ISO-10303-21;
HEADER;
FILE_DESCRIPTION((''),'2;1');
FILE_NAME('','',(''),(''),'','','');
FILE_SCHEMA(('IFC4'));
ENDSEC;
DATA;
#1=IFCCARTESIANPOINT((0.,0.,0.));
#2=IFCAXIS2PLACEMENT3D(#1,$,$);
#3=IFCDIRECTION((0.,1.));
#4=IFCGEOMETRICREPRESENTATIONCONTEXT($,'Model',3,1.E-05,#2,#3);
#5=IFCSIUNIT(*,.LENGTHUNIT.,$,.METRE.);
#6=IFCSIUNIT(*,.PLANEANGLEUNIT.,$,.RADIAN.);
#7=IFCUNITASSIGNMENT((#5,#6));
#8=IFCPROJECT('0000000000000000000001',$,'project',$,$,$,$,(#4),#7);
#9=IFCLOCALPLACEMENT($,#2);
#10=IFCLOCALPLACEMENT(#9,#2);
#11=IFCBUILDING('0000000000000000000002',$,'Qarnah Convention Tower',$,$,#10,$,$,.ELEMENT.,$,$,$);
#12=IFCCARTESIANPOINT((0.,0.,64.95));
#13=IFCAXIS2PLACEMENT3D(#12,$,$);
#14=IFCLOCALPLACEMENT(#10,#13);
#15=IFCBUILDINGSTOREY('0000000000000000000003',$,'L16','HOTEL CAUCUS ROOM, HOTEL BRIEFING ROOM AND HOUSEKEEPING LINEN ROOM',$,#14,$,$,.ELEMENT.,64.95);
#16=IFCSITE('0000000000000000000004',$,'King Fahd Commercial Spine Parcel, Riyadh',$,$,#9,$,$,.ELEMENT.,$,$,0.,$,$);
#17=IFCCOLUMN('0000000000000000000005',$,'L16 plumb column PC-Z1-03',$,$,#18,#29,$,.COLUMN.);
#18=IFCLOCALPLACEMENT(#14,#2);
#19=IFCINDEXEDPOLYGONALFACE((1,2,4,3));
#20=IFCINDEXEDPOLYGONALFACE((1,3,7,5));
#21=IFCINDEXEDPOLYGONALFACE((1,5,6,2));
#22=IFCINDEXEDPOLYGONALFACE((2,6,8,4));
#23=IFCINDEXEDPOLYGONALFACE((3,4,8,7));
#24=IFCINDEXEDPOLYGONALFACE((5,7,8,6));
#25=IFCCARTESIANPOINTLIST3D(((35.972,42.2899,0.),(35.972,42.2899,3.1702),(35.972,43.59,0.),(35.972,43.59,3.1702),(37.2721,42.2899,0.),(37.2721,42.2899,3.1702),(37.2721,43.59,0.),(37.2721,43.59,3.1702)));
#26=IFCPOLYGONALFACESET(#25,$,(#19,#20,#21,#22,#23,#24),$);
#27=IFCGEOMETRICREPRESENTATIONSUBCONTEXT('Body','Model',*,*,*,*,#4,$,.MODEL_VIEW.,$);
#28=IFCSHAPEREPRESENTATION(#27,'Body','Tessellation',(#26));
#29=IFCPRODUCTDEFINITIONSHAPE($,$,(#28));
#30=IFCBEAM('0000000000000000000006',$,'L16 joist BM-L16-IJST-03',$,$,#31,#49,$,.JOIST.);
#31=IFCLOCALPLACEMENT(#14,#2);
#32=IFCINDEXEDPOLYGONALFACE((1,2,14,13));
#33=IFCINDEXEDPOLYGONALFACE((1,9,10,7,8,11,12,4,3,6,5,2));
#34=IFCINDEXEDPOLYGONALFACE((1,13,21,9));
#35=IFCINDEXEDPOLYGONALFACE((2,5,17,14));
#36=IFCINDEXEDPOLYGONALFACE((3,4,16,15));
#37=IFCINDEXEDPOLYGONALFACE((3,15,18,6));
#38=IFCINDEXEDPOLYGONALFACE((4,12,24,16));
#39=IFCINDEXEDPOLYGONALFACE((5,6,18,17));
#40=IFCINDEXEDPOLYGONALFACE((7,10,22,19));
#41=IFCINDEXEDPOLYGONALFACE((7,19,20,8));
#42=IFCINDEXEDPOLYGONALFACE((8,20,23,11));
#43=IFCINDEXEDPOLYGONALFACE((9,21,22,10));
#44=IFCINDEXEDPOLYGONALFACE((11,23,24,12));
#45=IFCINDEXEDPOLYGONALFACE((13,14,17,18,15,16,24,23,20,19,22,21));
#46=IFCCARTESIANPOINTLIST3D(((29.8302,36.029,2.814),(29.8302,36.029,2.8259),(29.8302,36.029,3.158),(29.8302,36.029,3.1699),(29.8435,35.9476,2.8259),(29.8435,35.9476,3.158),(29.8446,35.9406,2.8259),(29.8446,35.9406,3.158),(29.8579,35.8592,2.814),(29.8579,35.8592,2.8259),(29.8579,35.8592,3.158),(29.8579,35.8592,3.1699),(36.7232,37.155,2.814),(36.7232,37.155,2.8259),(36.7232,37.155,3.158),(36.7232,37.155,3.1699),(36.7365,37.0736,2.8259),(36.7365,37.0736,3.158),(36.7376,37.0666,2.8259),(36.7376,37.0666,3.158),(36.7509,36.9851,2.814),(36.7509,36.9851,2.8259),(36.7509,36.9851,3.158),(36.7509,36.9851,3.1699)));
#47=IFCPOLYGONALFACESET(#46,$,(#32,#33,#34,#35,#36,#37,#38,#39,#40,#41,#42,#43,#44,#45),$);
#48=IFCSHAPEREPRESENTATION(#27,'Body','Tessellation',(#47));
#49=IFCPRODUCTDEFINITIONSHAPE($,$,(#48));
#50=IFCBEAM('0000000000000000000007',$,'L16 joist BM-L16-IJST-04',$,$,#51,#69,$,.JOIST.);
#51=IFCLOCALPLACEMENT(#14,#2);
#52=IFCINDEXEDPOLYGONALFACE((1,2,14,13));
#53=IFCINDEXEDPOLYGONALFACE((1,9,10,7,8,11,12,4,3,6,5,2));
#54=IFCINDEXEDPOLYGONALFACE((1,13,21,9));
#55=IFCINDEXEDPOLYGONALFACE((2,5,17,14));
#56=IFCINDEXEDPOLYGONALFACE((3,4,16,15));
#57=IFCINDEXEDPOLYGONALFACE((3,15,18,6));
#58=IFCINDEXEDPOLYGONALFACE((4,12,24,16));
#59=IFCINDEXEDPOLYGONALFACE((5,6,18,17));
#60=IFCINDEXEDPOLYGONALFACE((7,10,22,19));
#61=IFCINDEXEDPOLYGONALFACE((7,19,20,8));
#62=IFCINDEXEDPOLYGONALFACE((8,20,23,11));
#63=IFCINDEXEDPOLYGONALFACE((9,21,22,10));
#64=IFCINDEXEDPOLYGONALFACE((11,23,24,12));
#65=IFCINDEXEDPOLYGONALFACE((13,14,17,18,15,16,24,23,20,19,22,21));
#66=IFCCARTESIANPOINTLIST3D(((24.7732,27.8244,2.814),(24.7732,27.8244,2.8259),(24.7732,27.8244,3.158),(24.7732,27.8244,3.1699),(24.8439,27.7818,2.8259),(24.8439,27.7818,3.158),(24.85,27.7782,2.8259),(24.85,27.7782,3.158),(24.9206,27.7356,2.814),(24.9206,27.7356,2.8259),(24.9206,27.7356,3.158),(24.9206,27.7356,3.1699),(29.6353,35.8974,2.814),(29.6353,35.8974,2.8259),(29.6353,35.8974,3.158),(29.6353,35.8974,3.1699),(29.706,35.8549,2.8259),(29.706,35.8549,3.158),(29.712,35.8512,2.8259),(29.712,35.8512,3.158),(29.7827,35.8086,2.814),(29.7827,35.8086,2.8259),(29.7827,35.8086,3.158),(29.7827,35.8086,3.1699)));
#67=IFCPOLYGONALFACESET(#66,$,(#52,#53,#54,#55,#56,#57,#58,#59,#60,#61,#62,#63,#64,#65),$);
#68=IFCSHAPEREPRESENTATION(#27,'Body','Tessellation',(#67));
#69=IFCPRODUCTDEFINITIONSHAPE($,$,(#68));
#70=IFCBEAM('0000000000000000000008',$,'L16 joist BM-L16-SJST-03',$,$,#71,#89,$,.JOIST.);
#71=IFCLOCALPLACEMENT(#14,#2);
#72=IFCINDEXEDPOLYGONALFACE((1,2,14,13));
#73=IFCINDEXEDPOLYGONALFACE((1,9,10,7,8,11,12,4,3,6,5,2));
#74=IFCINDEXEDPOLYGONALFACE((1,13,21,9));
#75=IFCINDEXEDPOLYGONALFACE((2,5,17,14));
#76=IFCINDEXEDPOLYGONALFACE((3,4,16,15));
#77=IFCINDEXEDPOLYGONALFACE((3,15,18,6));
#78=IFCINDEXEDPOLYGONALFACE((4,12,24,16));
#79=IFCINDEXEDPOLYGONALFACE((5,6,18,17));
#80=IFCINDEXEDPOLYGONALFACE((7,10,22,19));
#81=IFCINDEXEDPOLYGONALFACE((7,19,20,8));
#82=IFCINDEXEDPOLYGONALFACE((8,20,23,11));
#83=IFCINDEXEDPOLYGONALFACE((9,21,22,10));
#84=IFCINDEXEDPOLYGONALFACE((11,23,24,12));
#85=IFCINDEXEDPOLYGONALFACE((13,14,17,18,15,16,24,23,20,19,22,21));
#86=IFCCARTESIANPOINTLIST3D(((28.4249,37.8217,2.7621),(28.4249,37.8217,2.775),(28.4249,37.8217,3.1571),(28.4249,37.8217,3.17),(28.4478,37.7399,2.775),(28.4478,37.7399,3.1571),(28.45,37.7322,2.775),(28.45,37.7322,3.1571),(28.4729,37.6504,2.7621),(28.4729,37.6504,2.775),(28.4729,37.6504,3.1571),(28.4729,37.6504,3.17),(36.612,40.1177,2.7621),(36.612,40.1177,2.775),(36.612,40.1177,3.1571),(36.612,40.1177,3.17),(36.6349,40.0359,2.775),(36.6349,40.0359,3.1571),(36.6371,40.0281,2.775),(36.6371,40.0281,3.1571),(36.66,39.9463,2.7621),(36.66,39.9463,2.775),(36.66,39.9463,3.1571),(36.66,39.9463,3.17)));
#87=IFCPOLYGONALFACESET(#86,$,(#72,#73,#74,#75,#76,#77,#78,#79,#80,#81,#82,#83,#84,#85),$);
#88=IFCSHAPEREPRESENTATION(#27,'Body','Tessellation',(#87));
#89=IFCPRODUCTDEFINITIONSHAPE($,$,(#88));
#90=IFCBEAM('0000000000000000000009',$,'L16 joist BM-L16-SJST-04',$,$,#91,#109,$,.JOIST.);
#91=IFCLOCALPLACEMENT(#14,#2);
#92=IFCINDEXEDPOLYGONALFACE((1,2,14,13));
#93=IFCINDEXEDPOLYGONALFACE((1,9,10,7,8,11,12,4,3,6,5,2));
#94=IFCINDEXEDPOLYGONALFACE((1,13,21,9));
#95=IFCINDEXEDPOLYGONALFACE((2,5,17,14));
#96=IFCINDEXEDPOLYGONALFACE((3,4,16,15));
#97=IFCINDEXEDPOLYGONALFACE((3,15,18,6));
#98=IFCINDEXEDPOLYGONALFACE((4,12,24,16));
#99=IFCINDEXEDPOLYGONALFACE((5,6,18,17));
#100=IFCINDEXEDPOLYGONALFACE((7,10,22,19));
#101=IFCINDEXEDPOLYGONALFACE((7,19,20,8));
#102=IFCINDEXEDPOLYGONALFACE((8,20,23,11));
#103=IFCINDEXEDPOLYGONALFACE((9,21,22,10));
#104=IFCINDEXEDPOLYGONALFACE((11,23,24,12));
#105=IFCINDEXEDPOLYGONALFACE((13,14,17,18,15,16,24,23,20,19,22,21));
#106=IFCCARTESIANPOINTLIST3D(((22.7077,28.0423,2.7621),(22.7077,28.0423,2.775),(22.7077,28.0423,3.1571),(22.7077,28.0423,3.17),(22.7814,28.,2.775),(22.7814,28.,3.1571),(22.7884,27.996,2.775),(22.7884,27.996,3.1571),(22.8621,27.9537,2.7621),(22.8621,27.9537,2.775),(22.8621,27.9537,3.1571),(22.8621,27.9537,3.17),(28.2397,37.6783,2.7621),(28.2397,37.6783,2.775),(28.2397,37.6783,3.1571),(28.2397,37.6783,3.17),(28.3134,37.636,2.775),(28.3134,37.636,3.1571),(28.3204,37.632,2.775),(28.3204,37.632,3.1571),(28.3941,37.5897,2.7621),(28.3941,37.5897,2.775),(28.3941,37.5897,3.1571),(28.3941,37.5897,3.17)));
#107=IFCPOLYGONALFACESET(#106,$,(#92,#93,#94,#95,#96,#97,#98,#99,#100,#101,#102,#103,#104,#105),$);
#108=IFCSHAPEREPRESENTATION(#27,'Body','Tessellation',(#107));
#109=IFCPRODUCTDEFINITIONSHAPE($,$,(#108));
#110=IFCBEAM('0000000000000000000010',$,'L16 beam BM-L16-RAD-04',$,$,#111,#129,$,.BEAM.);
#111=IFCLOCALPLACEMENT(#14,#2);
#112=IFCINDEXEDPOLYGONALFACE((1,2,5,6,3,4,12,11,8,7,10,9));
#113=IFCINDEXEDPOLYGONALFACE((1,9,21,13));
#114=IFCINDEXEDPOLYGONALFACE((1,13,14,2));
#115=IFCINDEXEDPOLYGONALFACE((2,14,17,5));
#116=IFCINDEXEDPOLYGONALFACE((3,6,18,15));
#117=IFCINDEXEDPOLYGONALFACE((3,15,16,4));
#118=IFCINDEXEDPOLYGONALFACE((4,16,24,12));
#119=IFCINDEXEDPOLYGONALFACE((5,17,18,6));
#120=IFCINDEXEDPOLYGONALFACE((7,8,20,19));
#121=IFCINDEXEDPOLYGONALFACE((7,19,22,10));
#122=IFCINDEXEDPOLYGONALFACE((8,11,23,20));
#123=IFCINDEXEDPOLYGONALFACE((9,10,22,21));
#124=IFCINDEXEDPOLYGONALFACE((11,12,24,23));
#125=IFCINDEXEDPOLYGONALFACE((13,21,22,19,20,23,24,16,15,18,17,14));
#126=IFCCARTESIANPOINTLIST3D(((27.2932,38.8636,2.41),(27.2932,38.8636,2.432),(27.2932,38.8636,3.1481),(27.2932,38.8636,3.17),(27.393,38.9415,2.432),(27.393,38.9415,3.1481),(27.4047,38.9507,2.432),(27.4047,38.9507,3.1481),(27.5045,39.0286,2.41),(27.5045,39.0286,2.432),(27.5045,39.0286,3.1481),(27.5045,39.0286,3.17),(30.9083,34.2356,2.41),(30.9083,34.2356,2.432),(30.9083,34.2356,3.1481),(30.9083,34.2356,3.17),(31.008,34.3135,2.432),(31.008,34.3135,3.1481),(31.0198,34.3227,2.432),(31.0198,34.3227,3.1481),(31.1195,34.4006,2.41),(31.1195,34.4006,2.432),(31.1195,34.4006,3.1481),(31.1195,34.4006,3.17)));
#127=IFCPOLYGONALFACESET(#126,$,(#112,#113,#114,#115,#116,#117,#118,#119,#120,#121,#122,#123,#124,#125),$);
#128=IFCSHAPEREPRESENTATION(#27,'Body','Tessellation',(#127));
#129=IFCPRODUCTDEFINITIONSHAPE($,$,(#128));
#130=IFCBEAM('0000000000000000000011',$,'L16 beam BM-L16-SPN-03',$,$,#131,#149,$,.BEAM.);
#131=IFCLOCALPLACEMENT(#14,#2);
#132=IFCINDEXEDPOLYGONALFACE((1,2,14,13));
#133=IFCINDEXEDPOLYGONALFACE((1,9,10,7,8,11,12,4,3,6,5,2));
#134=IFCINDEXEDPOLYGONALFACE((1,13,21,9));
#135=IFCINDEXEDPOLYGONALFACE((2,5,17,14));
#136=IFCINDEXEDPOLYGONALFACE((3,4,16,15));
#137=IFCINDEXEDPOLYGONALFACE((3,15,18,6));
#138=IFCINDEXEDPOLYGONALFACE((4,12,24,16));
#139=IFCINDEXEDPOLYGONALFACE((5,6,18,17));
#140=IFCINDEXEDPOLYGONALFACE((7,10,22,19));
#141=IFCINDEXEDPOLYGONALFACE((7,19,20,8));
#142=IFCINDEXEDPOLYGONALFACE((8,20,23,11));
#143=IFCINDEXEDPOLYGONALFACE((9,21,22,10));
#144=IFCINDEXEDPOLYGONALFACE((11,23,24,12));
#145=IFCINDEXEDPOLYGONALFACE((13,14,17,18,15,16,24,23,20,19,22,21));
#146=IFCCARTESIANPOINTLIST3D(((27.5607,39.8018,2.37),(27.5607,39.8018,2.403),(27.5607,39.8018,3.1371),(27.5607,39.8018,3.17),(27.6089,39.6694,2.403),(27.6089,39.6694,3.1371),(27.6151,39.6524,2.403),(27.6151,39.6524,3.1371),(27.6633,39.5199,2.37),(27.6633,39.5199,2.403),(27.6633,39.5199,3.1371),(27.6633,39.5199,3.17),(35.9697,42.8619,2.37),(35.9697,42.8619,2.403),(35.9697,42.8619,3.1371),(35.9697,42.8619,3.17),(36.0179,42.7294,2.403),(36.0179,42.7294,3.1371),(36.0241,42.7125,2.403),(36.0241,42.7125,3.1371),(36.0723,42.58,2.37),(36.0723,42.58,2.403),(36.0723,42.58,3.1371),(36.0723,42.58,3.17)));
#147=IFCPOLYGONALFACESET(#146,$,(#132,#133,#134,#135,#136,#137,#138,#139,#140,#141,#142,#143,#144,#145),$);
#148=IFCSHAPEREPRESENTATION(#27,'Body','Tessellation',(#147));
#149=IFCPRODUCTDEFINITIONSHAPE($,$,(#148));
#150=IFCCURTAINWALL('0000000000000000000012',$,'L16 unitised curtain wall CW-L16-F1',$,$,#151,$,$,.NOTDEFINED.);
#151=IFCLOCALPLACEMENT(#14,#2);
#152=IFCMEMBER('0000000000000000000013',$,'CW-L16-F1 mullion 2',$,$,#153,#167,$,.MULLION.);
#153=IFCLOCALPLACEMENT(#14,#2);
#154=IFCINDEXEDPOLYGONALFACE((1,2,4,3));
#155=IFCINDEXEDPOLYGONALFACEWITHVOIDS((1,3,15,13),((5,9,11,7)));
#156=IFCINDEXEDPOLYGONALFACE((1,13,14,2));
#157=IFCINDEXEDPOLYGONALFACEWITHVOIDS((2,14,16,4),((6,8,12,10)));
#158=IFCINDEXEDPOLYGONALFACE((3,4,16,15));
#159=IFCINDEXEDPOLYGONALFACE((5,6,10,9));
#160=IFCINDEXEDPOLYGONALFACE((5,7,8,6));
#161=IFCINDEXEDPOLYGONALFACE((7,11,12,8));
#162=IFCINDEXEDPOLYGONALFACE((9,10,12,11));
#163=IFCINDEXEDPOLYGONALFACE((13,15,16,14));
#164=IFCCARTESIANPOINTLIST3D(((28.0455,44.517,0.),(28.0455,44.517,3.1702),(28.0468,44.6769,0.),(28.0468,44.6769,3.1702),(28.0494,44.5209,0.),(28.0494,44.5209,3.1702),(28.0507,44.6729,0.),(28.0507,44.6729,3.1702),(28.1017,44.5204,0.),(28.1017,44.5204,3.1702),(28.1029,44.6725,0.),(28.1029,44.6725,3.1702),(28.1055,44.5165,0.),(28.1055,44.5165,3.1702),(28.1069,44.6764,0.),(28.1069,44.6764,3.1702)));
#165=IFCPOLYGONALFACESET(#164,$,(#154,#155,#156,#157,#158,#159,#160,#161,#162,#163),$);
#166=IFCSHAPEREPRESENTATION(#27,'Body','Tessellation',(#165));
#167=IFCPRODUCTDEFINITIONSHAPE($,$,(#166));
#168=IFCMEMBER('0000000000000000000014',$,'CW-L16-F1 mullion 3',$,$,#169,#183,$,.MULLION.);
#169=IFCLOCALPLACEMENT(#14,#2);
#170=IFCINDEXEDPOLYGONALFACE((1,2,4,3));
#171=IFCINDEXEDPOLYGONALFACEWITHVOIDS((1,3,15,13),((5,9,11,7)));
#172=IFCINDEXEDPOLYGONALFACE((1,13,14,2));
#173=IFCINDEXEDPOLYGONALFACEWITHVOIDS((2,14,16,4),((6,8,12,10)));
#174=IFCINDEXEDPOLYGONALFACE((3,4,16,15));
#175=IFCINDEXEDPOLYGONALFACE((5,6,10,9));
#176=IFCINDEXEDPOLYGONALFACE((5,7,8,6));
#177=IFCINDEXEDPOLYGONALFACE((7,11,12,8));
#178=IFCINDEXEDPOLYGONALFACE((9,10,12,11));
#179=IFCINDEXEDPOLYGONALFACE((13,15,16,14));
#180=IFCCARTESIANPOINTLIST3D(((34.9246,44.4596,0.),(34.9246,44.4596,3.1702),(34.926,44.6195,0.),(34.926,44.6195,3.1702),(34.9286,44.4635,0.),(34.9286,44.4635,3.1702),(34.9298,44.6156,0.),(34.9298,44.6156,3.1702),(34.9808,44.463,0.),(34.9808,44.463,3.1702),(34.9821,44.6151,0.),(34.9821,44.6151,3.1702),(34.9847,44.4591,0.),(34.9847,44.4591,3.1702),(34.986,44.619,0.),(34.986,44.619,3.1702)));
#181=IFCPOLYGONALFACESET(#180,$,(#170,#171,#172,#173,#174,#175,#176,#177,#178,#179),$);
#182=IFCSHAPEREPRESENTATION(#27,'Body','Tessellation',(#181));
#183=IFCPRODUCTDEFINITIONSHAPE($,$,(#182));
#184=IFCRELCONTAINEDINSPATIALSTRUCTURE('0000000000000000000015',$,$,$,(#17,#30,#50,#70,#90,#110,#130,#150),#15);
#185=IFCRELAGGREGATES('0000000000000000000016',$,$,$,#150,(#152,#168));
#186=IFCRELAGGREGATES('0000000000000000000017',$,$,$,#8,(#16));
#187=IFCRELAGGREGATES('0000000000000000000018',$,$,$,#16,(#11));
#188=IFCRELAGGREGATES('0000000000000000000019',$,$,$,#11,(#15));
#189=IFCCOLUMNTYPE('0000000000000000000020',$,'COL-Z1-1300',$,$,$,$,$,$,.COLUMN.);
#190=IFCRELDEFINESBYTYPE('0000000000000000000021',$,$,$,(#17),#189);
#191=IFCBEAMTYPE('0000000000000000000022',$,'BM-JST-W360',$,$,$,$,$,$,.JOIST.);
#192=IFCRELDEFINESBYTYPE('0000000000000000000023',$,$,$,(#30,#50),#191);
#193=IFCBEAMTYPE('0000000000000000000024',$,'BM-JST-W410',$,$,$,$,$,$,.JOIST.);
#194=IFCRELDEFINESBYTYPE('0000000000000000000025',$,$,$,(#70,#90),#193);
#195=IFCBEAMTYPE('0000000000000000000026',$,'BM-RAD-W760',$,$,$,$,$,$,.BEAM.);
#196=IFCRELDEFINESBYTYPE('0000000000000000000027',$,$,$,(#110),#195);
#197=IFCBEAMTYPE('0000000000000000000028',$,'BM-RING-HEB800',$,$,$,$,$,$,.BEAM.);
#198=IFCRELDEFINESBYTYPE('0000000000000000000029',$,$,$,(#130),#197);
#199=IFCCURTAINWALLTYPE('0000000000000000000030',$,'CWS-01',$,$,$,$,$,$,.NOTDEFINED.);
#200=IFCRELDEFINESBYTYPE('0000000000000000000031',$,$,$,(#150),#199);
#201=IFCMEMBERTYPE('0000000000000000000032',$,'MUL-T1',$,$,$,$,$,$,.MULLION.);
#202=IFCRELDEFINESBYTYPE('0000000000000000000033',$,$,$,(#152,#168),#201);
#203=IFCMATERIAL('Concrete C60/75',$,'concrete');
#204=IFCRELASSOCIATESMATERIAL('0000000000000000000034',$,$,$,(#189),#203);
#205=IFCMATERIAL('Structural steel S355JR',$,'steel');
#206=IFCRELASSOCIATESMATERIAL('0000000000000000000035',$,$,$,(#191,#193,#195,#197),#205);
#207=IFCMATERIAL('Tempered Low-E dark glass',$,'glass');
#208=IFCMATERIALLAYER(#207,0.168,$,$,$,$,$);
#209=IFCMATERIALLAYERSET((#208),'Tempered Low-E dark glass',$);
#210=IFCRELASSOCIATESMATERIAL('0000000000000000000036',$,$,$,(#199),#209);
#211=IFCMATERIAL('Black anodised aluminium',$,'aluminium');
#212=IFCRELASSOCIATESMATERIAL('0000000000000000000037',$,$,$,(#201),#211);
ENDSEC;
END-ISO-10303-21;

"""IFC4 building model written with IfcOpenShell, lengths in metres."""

from ifc_helpers import new_model, si_unit, direction, frame, origin, origin_2d, place, context, subcontext, project, spatial, rectangle, hollow_rectangle, i_section, extrude, material, layer, layer_set, material_profile, profile_set, type_object, element, aggregate, save


model = new_model("IFC4")

# Units and contexts
model_context = context("Model", 3, precision=1e-05, world=origin(), true_north=direction((0.0, 1.0)))
body_context = subcontext(model_context, "Body", "Model", "MODEL_VIEW")
ifc_project = project(units=[si_unit("LENGTHUNIT", "METRE"), si_unit("PLANEANGLEUNIT", "RADIAN")], contexts=[model_context])

# Site, building, storey
site_placement = place(None, origin())
site = spatial("IfcSite", under=ifc_project, at=site_placement, Name="King Fahd Commercial Spine Parcel, Riyadh", CompositionType="ELEMENT", RefElevation=0.0)
building_placement = place(site_placement, origin())
building = spatial("IfcBuilding", under=site, at=building_placement, Name="Qarnah Convention Tower", CompositionType="ELEMENT")
storey_placement = place(building_placement, frame((0.0, 0.0, 64.95)))
storey = spatial("IfcBuildingStorey", under=building, at=storey_placement, Name="L16", Description="HOTEL CAUCUS ROOM, HOTEL BRIEFING ROOM AND HOUSEKEEPING LINEN ROOM", CompositionType="ELEMENT", Elevation=64.95)

# Column
ifc_material_1 = material(Name="Concrete C60/75", Category="concrete")
ifc_material_profile_1 = material_profile(ifc_material_1, rectangle(XDim=1.3, YDim=1.3, at=origin_2d()), Name="RC-COL-1300X1300")
ifc_profile_set_1 = profile_set([ifc_material_profile_1], Name="Concrete C60/75")
column_type = type_object("IfcColumnType", Name="COL-Z1-1300", PredefinedType="COLUMN", material=ifc_profile_set_1)
column_placement = place(storey_placement, frame((36.6221, 42.9399, 0.0), z_axis=(0.0, 0.0, 1.0), x_axis=(1.0, 0.0, 0.0)))
element("IfcColumn", 1, at=column_placement, inside=storey, type_object=column_type, Name="L16 plumb column PC-Z1-03", PredefinedType="COLUMN", context=body_context, shape_type="SweptSolid", body=[
    extrude(rectangle(XDim=1.3, YDim=1.3, at=origin_2d()), origin(), (0.0, 0.0, 1.0), 3.1702),
])

# Beams
ifc_material_2 = material(Name="Structural steel S355JR", Category="steel")
ifc_material_profile_2 = material_profile(ifc_material_2, i_section(OverallWidth=0.1721, OverallDepth=0.356, WebThickness=0.0071, FlangeThickness=0.012, at=origin_2d()), Name="W360X51")
ifc_profile_set_2 = profile_set([ifc_material_profile_2], Name="Structural steel S355JR")
beam_type_1 = type_object("IfcBeamType", Name="BM-JST-W360", PredefinedType="JOIST", material=ifc_profile_set_2)
beam_1_placement = place(storey_placement, frame((36.7371, 37.0701, 2.9919), z_axis=(-0.98692, -0.161213, 0.0), x_axis=(0.161213, -0.98692, 0.0)))
element("IfcBeam", 2, at=beam_1_placement, inside=storey, type_object=beam_type_1, Name="L16 joist BM-L16-IJST-03", PredefinedType="JOIST", context=body_context, shape_type="SweptSolid", body=[
    extrude(i_section(OverallWidth=0.1721, OverallDepth=0.356, WebThickness=0.0071, FlangeThickness=0.012, at=origin_2d()), origin(), (0.0, 0.0, 1.0), 6.9844),
])
beam_2_placement = place(storey_placement, frame((29.709, 35.853, 2.9919), z_axis=(-0.51592, -0.856637, 0.0), x_axis=(0.856637, -0.51592, 0.0)))
element("IfcBeam", 3, at=beam_2_placement, inside=storey, type_object=beam_type_1, Name="L16 joist BM-L16-IJST-04", PredefinedType="JOIST", context=body_context, shape_type="SweptSolid", body=[
    extrude(i_section(OverallWidth=0.1721, OverallDepth=0.356, WebThickness=0.0071, FlangeThickness=0.012, at=origin_2d()), origin(), (0.0, 0.0, 1.0), 9.4241),
])
ifc_material_profile_3 = material_profile(ifc_material_2, i_section(OverallWidth=0.178, OverallDepth=0.408, WebThickness=0.0081, FlangeThickness=0.0129, at=origin_2d()), Name="W410X60")
ifc_profile_set_3 = profile_set([ifc_material_profile_3], Name="Structural steel S355JR")
beam_type_2 = type_object("IfcBeamType", Name="BM-JST-W410", PredefinedType="JOIST", material=ifc_profile_set_3)
beam_3_placement = place(storey_placement, frame((36.636, 40.032, 2.9661), z_axis=(-0.962856, -0.270015, 0.0), x_axis=(0.270015, -0.962856, 0.0)))
element("IfcBeam", 4, at=beam_3_placement, inside=storey, type_object=beam_type_2, Name="L16 joist BM-L16-SJST-03", PredefinedType="JOIST", context=body_context, shape_type="SweptSolid", body=[
    extrude(i_section(OverallWidth=0.178, OverallDepth=0.408, WebThickness=0.0081, FlangeThickness=0.0129, at=origin_2d()), origin(), (0.0, 0.0, 1.0), 8.5029),
])
beam_4_placement = place(storey_placement, frame((28.3169, 37.634, 2.9661), z_axis=(-0.497882, -0.867245, 0.0), x_axis=(0.867245, -0.497882, 0.0)))
element("IfcBeam", 5, at=beam_4_placement, inside=storey, type_object=beam_type_2, Name="L16 joist BM-L16-SJST-04", PredefinedType="JOIST", context=body_context, shape_type="SweptSolid", body=[
    extrude(i_section(OverallWidth=0.178, OverallDepth=0.408, WebThickness=0.0081, FlangeThickness=0.0129, at=origin_2d()), origin(), (0.0, 0.0, 1.0), 11.1111),
])
ifc_material_profile_4 = material_profile(ifc_material_2, i_section(OverallWidth=0.2681, OverallDepth=0.76, WebThickness=0.0149, FlangeThickness=0.022, at=origin_2d()), Name="W760X185")
ifc_profile_set_4 = profile_set([ifc_material_profile_4], Name="Structural steel S355JR")
beam_type_3 = type_object("IfcBeamType", Name="BM-RAD-W760", PredefinedType="BEAM", material=ifc_profile_set_4)
beam_5_placement = place(storey_placement, frame((31.0139, 34.3181, 2.79), z_axis=(-0.615583, 0.788072, 0.0), x_axis=(-0.788072, -0.615583, 0.0)))
element("IfcBeam", 6, at=beam_5_placement, inside=storey, type_object=beam_type_3, Name="L16 beam BM-L16-RAD-04", PredefinedType="BEAM", context=body_context, shape_type="SweptSolid", body=[
    extrude(i_section(OverallWidth=0.2681, OverallDepth=0.76, WebThickness=0.0149, FlangeThickness=0.022, at=origin_2d()), origin(), (0.0, 0.0, 1.0), 5.8726),
])
ifc_material_profile_5 = material_profile(ifc_material_2, i_section(OverallWidth=0.3, OverallDepth=0.8, WebThickness=0.0181, FlangeThickness=0.033, at=origin_2d()), Name="HEB800")
ifc_profile_set_5 = profile_set([ifc_material_profile_5], Name="Structural steel S355JR")
beam_type_4 = type_object("IfcBeamType", Name="BM-RING-HEB800", PredefinedType="BEAM", material=ifc_profile_set_5)
beam_6_placement = place(storey_placement, frame((36.021, 42.7209, 2.77), z_axis=(-0.939712, -0.341966, 0.0), x_axis=(0.341966, -0.939712, 0.0)))
element("IfcBeam", 7, at=beam_6_placement, inside=storey, type_object=beam_type_4, Name="L16 beam BM-L16-SPN-03", PredefinedType="BEAM", context=body_context, shape_type="SweptSolid", body=[
    extrude(i_section(OverallWidth=0.3, OverallDepth=0.8, WebThickness=0.0181, FlangeThickness=0.033, at=origin_2d()), origin(), (0.0, 0.0, 1.0), 8.9485),
])

# Curtain wall, members
ifc_material_3 = material(Name="Tempered Low-E dark glass", Category="glass")
ifc_layer_1 = layer(ifc_material_3, 0.168)
ifc_layer_set_1 = layer_set([ifc_layer_1], Name="Tempered Low-E dark glass")
curtain_wall_type = type_object("IfcCurtainWallType", Name="CWS-01", PredefinedType="NOTDEFINED", material=ifc_layer_set_1)
curtain_wall_placement = place(storey_placement, origin())
curtain_wall = element("IfcCurtainWall", 8, at=curtain_wall_placement, inside=storey, type_object=curtain_wall_type, Name="L16 unitised curtain wall CW-L16-F1", PredefinedType="NOTDEFINED")
ifc_material_4 = material(Name="Black anodised aluminium", Category="aluminium")
ifc_material_profile_6 = material_profile(ifc_material_4, hollow_rectangle(XDim=0.0601, YDim=0.1599, WallThickness=0.0039, at=origin_2d()), Name="MUL-60X160")
ifc_profile_set_6 = profile_set([ifc_material_profile_6], Name="Black anodised aluminium")
member_type = type_object("IfcMemberType", Name="MUL-T1", PredefinedType="MULLION", material=ifc_profile_set_6)
member_1_placement = place(storey_placement, frame((28.0762, 44.5967, 0.0), z_axis=(0.0, 0.0, 1.0), x_axis=(0.999965, -0.008344, 0.0)))
member_1 = element("IfcMember", 9, at=member_1_placement, type_object=member_type, Name="CW-L16-F1 mullion 2", PredefinedType="MULLION", context=body_context, shape_type="SweptSolid", body=[
    extrude(hollow_rectangle(XDim=0.0601, YDim=0.1599, WallThickness=0.0039, at=origin_2d()), origin(), (0.0, 0.0, 1.0), 3.1702),
])
member_2_placement = place(storey_placement, frame((34.9553, 44.5393, 0.0), z_axis=(0.0, 0.0, 1.0), x_axis=(0.999965, -0.008344, 0.0)))
member_2 = element("IfcMember", 10, at=member_2_placement, type_object=member_type, Name="CW-L16-F1 mullion 3", PredefinedType="MULLION", context=body_context, shape_type="SweptSolid", body=[
    extrude(hollow_rectangle(XDim=0.0601, YDim=0.1599, WallThickness=0.0039, at=origin_2d()), origin(), (0.0, 0.0, 1.0), 3.1702),
])
aggregate(curtain_wall, [member_1, member_2])

save(model, "model.ifc")
